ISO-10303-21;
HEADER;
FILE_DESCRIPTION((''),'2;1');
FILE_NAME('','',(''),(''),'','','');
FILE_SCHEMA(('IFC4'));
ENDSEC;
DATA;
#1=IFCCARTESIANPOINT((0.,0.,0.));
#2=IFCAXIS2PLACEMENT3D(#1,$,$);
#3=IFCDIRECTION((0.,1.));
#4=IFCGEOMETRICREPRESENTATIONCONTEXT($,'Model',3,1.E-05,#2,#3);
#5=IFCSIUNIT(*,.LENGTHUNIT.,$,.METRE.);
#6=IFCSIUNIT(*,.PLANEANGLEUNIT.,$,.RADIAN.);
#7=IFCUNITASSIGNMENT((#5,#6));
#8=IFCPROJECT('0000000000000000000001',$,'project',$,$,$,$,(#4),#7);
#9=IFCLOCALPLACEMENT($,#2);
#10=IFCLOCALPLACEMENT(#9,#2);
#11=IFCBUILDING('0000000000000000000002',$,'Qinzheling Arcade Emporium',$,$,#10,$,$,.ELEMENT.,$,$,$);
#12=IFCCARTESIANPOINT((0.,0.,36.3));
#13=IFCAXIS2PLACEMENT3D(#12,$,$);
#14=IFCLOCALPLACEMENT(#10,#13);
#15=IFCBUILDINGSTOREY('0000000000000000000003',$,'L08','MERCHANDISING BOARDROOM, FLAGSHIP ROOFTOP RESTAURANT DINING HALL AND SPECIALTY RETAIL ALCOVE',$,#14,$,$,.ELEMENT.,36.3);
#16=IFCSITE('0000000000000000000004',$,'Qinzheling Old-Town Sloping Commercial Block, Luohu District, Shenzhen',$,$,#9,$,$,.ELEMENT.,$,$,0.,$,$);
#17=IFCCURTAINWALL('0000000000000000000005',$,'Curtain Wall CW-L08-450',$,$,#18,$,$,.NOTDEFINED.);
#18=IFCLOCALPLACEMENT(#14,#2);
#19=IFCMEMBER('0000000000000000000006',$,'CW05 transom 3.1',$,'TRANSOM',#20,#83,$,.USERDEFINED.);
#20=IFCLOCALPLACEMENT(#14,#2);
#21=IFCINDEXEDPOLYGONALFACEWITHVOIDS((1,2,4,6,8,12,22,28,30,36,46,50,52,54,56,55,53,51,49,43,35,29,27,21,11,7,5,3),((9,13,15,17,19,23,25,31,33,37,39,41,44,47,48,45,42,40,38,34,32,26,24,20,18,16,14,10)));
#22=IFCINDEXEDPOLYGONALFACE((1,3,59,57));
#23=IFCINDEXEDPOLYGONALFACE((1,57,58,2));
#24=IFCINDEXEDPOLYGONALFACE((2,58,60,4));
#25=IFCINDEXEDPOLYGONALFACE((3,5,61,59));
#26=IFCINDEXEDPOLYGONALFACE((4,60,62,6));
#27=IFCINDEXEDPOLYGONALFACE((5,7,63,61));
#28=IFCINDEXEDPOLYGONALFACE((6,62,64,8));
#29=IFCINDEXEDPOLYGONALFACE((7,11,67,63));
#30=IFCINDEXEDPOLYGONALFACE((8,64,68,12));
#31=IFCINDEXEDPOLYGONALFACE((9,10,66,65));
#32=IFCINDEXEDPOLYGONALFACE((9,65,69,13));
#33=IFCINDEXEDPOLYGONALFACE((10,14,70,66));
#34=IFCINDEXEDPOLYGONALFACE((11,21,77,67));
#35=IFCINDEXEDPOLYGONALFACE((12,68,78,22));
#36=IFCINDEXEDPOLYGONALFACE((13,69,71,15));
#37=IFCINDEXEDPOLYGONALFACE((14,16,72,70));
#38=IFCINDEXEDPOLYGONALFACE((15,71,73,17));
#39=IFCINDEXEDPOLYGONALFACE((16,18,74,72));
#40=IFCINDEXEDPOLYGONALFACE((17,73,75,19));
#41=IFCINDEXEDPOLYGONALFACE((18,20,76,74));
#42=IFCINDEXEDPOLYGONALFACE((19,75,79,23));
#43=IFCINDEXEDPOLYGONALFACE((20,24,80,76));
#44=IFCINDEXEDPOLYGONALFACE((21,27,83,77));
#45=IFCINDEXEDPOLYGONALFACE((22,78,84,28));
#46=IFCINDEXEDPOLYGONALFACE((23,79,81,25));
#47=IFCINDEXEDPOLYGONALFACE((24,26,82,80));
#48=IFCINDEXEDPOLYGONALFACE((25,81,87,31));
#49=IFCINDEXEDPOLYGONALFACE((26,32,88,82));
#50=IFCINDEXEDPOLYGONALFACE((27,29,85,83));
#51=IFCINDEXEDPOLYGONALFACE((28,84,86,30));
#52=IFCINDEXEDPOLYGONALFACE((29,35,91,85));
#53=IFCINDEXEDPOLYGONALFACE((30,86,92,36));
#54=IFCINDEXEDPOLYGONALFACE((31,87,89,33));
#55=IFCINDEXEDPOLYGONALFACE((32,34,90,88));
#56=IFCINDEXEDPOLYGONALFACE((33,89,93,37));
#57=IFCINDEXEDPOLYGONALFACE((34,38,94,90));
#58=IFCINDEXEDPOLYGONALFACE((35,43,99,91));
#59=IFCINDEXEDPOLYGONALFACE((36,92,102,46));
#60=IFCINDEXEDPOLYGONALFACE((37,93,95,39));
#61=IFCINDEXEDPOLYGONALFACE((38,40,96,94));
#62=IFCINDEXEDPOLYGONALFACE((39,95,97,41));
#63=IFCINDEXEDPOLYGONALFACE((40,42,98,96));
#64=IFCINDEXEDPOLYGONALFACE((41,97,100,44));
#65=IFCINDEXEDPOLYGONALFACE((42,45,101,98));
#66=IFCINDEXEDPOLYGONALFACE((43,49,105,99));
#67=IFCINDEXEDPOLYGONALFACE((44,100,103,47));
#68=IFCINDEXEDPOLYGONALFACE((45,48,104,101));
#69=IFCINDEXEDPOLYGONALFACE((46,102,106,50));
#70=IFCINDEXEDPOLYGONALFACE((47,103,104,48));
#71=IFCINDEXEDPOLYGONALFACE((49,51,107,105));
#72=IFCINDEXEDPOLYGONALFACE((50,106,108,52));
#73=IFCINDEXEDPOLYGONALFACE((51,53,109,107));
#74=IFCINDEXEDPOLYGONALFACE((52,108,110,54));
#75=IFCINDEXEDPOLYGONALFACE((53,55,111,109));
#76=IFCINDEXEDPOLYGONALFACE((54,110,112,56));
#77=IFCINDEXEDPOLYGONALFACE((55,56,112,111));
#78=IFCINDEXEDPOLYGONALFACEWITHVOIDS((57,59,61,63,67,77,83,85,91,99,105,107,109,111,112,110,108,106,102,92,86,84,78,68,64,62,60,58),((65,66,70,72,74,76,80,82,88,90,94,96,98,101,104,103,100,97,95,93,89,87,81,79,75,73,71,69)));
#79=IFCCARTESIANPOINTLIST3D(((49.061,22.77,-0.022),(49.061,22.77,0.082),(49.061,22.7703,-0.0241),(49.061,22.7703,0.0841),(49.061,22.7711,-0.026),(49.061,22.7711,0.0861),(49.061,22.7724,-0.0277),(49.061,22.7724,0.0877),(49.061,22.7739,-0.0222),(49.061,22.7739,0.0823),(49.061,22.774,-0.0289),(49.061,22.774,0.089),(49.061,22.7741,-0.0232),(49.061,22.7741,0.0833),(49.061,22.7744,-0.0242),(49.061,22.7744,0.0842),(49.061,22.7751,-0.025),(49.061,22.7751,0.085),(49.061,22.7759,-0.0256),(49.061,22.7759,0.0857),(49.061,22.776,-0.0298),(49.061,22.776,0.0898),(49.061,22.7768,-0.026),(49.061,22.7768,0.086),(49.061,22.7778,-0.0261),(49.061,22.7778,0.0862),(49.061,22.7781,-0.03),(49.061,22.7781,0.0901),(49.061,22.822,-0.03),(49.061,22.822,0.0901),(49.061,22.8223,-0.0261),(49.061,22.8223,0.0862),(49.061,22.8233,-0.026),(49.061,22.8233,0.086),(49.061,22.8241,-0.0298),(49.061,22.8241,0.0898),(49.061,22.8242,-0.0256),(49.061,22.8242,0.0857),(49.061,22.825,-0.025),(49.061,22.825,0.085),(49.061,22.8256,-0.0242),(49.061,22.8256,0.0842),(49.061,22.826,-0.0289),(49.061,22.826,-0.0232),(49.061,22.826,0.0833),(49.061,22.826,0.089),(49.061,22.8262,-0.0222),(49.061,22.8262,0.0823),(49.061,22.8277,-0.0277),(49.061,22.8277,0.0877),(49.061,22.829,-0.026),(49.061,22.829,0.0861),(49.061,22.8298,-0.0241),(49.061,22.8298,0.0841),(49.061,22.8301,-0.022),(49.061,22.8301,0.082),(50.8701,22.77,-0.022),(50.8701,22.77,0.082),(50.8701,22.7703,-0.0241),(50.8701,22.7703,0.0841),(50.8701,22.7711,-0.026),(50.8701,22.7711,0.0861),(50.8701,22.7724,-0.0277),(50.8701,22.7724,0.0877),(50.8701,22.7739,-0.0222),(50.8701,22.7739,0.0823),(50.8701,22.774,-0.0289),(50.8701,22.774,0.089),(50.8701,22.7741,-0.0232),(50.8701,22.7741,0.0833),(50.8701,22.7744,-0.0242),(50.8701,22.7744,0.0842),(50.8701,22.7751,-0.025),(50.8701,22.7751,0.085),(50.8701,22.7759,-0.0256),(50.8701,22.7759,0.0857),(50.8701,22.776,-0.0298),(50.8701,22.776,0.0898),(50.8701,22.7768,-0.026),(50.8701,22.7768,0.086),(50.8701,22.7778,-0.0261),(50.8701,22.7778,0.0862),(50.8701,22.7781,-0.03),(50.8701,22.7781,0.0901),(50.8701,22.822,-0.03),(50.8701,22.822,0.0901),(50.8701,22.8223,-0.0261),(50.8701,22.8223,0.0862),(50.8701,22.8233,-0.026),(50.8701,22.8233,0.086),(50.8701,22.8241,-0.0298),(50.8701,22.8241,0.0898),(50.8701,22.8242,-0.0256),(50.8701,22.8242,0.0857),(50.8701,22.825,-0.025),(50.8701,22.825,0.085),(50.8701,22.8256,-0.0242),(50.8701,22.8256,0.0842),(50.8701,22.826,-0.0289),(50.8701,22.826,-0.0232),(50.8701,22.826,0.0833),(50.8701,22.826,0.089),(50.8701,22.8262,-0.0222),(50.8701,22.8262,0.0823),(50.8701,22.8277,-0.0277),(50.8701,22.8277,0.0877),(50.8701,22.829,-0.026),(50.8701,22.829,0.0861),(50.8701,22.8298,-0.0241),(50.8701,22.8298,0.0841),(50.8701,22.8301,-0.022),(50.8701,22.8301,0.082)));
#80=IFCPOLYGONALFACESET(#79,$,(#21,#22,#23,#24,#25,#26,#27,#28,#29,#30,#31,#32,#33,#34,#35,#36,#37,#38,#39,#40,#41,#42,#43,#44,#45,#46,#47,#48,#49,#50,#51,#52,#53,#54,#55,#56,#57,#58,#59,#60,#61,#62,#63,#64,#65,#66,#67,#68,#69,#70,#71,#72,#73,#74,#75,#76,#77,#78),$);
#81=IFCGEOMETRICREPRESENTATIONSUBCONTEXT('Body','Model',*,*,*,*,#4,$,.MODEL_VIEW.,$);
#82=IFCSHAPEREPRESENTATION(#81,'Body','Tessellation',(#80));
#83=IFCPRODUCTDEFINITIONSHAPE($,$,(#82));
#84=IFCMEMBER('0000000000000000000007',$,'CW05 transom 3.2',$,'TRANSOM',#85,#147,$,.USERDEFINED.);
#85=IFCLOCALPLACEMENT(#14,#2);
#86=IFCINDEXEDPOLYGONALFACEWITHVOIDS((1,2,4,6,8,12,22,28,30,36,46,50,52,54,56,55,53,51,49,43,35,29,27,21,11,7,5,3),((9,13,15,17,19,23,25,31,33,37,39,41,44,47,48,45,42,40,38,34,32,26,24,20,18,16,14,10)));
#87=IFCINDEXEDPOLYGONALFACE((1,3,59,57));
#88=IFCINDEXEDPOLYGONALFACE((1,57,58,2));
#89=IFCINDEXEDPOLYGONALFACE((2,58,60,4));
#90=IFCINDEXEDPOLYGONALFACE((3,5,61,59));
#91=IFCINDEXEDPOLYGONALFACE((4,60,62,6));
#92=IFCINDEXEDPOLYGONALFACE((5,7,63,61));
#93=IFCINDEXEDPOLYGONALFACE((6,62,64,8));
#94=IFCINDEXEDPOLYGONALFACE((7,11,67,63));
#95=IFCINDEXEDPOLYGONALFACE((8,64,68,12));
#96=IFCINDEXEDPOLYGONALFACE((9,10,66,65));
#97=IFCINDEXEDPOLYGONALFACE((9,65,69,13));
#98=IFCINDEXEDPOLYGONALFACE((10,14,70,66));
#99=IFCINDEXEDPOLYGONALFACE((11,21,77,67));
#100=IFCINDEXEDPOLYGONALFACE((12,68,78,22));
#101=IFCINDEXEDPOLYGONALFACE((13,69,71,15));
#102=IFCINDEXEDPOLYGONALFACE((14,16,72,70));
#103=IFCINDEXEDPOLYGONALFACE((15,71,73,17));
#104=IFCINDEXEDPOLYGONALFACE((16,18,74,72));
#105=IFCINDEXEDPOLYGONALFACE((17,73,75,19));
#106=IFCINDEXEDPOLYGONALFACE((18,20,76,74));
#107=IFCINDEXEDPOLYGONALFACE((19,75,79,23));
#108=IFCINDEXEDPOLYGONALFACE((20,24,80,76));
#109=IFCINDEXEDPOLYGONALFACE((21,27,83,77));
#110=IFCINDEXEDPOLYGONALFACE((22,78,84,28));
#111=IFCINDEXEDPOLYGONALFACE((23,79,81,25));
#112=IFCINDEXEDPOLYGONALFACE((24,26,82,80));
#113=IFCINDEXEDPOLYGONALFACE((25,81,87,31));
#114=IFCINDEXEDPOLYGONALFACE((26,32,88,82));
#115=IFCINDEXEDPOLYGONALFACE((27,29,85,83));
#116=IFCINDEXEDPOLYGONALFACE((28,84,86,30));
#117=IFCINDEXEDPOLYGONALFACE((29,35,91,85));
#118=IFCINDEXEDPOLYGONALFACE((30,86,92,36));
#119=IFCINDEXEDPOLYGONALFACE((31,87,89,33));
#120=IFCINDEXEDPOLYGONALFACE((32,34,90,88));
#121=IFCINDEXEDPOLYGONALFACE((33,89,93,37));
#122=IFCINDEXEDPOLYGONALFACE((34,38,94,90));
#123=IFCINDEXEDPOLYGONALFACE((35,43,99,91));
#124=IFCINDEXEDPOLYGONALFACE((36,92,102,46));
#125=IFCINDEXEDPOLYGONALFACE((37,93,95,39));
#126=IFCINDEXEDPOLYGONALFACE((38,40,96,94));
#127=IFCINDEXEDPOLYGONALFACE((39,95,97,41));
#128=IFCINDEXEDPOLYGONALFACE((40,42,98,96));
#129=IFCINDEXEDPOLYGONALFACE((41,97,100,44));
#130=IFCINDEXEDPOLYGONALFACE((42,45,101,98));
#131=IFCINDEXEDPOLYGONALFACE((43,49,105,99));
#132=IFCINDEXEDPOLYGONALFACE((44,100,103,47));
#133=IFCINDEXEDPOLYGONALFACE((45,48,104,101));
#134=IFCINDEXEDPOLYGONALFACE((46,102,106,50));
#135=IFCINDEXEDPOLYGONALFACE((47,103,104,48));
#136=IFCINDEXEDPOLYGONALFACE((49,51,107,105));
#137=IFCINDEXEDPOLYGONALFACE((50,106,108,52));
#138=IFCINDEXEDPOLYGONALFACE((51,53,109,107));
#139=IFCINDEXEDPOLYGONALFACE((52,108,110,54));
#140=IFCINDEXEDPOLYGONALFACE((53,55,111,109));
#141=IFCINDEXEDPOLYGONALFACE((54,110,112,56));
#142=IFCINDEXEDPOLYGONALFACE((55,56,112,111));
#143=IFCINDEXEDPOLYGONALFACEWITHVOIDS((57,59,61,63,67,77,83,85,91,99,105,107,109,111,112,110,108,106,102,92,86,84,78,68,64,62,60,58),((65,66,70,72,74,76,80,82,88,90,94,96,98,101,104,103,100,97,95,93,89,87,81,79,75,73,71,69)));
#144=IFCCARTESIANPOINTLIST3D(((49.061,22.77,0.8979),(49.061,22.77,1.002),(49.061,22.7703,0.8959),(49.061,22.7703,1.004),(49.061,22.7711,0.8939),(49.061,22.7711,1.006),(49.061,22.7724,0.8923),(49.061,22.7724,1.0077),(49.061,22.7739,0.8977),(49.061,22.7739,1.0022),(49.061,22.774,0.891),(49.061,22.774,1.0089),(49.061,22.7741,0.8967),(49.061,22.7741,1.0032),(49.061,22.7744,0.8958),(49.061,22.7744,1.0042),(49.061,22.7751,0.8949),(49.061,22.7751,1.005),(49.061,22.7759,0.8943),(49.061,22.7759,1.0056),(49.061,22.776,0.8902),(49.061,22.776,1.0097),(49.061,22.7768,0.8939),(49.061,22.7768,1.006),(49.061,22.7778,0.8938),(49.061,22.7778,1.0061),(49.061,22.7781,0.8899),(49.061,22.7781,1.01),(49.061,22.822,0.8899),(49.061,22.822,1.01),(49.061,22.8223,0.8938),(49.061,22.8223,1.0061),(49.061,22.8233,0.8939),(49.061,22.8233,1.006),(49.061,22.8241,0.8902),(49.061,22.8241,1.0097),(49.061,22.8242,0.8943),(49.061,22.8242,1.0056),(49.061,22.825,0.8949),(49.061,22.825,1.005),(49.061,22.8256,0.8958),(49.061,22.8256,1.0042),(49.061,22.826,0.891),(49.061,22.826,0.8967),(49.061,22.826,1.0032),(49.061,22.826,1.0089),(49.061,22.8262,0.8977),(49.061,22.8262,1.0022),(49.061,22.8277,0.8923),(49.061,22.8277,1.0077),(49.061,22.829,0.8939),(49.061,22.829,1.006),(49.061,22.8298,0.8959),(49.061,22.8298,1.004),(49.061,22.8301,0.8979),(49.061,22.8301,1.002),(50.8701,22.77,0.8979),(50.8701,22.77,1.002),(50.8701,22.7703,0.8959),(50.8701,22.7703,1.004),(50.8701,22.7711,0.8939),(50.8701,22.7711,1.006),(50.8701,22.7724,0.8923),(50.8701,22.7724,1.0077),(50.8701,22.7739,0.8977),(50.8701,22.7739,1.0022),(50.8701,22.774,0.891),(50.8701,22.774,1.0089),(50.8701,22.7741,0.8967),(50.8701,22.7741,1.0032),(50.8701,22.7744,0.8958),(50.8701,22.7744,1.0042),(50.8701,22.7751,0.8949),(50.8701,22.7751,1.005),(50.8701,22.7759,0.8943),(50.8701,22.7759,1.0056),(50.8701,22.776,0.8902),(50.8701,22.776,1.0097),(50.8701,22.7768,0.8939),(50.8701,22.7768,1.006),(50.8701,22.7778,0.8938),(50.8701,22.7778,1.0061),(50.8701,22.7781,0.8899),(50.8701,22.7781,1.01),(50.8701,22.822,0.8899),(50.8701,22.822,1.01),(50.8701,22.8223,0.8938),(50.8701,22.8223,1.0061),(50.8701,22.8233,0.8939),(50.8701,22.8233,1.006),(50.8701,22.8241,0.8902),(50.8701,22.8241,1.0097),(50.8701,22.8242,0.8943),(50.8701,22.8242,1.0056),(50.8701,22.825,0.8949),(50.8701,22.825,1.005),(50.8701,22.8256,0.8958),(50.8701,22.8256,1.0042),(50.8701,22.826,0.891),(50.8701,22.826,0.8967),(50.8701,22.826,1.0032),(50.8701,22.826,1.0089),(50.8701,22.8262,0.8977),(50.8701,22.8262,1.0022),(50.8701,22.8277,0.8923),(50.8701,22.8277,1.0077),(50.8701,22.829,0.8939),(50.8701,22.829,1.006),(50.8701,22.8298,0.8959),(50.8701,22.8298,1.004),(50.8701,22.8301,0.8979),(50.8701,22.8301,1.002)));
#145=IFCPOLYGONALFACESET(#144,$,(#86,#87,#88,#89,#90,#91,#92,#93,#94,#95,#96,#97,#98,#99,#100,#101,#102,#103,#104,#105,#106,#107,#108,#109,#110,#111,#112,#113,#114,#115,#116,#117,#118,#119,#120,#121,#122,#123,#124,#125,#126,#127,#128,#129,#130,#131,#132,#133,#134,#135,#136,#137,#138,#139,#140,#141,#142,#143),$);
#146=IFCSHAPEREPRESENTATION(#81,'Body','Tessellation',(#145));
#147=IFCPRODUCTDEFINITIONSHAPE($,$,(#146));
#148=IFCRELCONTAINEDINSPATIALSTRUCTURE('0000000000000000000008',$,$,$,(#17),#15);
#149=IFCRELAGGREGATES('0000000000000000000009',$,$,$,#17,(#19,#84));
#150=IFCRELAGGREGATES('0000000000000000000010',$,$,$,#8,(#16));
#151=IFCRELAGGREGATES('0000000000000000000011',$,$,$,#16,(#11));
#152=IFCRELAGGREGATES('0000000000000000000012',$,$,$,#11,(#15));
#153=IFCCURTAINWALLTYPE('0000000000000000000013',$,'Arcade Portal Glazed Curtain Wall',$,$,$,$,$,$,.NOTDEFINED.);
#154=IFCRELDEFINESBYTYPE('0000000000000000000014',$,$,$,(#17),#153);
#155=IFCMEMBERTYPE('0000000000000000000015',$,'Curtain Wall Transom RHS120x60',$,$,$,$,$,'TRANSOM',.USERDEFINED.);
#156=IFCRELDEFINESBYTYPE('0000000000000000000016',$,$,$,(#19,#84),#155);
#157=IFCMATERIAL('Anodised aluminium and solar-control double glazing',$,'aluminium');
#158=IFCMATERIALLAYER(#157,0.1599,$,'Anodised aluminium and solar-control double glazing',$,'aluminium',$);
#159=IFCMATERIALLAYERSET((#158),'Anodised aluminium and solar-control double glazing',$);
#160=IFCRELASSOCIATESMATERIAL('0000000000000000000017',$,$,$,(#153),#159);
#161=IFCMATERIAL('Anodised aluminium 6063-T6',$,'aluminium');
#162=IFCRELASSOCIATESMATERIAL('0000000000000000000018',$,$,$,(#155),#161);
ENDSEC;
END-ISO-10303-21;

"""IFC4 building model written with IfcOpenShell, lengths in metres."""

from ifc_helpers import new_model, si_unit, direction, frame, origin, origin_2d, place, context, subcontext, project, spatial, hollow_rectangle, extrude, material, layer, layer_set, material_profile, profile_set, type_object, element, aggregate, save


model = new_model("IFC4")

# Units and contexts
model_context = context("Model", 3, precision=1e-05, world=origin(), true_north=direction((0.0, 1.0)))
body_context = subcontext(model_context, "Body", "Model", "MODEL_VIEW")
ifc_project = project(units=[si_unit("LENGTHUNIT", "METRE"), si_unit("PLANEANGLEUNIT", "RADIAN")], contexts=[model_context])

# Site, building, storey
site_placement = place(None, origin())
site = spatial("IfcSite", under=ifc_project, at=site_placement, Name="Qinzheling Old-Town Sloping Commercial Block, Luohu District, Shenzhen", CompositionType="ELEMENT", RefElevation=0.0)
building_placement = place(site_placement, origin())
building = spatial("IfcBuilding", under=site, at=building_placement, Name="Qinzheling Arcade Emporium", CompositionType="ELEMENT")
storey_placement = place(building_placement, frame((0.0, 0.0, 36.3)))
storey = spatial("IfcBuildingStorey", under=building, at=storey_placement, Name="L08", Description="MERCHANDISING BOARDROOM, FLAGSHIP ROOFTOP RESTAURANT DINING HALL AND SPECIALTY RETAIL ALCOVE", CompositionType="ELEMENT", Elevation=36.3)

# Curtain wall
ifc_material_1 = material(Name="Anodised aluminium and solar-control double glazing", Category="aluminium")
ifc_layer_1 = layer(ifc_material_1, 0.1599, Name="Anodised aluminium and solar-control double glazing", Category="aluminium")
ifc_layer_set_1 = layer_set([ifc_layer_1], Name="Anodised aluminium and solar-control double glazing")
curtain_wall_type = type_object("IfcCurtainWallType", Name="Arcade Portal Glazed Curtain Wall", PredefinedType="NOTDEFINED", material=ifc_layer_set_1)
curtain_wall_1_placement = place(storey_placement, origin())
curtain_wall_1 = element("IfcCurtainWall", 1, at=curtain_wall_1_placement, inside=storey, type_object=curtain_wall_type, Name="Curtain Wall CW-L08-450", PredefinedType="NOTDEFINED")
ifc_material_2 = material(Name="Anodised aluminium 6063-T6", Category="aluminium")

# Members
ifc_material_profile_1 = material_profile(ifc_material_2, hollow_rectangle(XDim=0.0601, YDim=0.1201, WallThickness=0.0039, InnerFilletRadius=0.0039, OuterFilletRadius=0.0081, at=origin_2d()), Name="RHS 120x60x4", Category="aluminium")
ifc_profile_set_1 = profile_set([ifc_material_profile_1], Name="Anodised aluminium 6063-T6")
member_type_1 = type_object("IfcMemberType", Name="Curtain Wall Transom RHS120x60", ElementType="TRANSOM", PredefinedType="USERDEFINED", material=ifc_profile_set_1)
member_1_placement = place(storey_placement, frame((50.8701, 22.8, 0.03), z_axis=(-1.0, 0.0, 0.0), x_axis=(0.0, -1.0, 0.0)))
member_1 = element("IfcMember", 2, at=member_1_placement, type_object=member_type_1, Name="CW05 transom 3.1", ObjectType="TRANSOM", PredefinedType="USERDEFINED", context=body_context, shape_type="SweptSolid", body=[
    extrude(hollow_rectangle(XDim=0.0601, YDim=0.1201, WallThickness=0.0039, InnerFilletRadius=0.0039, OuterFilletRadius=0.0081, at=origin_2d()), origin(), (0.0, 0.0, 1.0), 1.8091),
])
member_2_placement = place(storey_placement, frame((50.8701, 22.8, 0.95), z_axis=(-1.0, 0.0, 0.0), x_axis=(0.0, -1.0, 0.0)))
member_2 = element("IfcMember", 3, at=member_2_placement, type_object=member_type_1, Name="CW05 transom 3.2", ObjectType="TRANSOM", PredefinedType="USERDEFINED", context=body_context, shape_type="SweptSolid", body=[
    extrude(hollow_rectangle(XDim=0.0601, YDim=0.1201, WallThickness=0.0039, InnerFilletRadius=0.0039, OuterFilletRadius=0.0081, at=origin_2d()), origin(), (0.0, 0.0, 1.0), 1.8091),
])

aggregate(curtain_wall_1, [member_1, member_2])

save(model, "model.ifc")
